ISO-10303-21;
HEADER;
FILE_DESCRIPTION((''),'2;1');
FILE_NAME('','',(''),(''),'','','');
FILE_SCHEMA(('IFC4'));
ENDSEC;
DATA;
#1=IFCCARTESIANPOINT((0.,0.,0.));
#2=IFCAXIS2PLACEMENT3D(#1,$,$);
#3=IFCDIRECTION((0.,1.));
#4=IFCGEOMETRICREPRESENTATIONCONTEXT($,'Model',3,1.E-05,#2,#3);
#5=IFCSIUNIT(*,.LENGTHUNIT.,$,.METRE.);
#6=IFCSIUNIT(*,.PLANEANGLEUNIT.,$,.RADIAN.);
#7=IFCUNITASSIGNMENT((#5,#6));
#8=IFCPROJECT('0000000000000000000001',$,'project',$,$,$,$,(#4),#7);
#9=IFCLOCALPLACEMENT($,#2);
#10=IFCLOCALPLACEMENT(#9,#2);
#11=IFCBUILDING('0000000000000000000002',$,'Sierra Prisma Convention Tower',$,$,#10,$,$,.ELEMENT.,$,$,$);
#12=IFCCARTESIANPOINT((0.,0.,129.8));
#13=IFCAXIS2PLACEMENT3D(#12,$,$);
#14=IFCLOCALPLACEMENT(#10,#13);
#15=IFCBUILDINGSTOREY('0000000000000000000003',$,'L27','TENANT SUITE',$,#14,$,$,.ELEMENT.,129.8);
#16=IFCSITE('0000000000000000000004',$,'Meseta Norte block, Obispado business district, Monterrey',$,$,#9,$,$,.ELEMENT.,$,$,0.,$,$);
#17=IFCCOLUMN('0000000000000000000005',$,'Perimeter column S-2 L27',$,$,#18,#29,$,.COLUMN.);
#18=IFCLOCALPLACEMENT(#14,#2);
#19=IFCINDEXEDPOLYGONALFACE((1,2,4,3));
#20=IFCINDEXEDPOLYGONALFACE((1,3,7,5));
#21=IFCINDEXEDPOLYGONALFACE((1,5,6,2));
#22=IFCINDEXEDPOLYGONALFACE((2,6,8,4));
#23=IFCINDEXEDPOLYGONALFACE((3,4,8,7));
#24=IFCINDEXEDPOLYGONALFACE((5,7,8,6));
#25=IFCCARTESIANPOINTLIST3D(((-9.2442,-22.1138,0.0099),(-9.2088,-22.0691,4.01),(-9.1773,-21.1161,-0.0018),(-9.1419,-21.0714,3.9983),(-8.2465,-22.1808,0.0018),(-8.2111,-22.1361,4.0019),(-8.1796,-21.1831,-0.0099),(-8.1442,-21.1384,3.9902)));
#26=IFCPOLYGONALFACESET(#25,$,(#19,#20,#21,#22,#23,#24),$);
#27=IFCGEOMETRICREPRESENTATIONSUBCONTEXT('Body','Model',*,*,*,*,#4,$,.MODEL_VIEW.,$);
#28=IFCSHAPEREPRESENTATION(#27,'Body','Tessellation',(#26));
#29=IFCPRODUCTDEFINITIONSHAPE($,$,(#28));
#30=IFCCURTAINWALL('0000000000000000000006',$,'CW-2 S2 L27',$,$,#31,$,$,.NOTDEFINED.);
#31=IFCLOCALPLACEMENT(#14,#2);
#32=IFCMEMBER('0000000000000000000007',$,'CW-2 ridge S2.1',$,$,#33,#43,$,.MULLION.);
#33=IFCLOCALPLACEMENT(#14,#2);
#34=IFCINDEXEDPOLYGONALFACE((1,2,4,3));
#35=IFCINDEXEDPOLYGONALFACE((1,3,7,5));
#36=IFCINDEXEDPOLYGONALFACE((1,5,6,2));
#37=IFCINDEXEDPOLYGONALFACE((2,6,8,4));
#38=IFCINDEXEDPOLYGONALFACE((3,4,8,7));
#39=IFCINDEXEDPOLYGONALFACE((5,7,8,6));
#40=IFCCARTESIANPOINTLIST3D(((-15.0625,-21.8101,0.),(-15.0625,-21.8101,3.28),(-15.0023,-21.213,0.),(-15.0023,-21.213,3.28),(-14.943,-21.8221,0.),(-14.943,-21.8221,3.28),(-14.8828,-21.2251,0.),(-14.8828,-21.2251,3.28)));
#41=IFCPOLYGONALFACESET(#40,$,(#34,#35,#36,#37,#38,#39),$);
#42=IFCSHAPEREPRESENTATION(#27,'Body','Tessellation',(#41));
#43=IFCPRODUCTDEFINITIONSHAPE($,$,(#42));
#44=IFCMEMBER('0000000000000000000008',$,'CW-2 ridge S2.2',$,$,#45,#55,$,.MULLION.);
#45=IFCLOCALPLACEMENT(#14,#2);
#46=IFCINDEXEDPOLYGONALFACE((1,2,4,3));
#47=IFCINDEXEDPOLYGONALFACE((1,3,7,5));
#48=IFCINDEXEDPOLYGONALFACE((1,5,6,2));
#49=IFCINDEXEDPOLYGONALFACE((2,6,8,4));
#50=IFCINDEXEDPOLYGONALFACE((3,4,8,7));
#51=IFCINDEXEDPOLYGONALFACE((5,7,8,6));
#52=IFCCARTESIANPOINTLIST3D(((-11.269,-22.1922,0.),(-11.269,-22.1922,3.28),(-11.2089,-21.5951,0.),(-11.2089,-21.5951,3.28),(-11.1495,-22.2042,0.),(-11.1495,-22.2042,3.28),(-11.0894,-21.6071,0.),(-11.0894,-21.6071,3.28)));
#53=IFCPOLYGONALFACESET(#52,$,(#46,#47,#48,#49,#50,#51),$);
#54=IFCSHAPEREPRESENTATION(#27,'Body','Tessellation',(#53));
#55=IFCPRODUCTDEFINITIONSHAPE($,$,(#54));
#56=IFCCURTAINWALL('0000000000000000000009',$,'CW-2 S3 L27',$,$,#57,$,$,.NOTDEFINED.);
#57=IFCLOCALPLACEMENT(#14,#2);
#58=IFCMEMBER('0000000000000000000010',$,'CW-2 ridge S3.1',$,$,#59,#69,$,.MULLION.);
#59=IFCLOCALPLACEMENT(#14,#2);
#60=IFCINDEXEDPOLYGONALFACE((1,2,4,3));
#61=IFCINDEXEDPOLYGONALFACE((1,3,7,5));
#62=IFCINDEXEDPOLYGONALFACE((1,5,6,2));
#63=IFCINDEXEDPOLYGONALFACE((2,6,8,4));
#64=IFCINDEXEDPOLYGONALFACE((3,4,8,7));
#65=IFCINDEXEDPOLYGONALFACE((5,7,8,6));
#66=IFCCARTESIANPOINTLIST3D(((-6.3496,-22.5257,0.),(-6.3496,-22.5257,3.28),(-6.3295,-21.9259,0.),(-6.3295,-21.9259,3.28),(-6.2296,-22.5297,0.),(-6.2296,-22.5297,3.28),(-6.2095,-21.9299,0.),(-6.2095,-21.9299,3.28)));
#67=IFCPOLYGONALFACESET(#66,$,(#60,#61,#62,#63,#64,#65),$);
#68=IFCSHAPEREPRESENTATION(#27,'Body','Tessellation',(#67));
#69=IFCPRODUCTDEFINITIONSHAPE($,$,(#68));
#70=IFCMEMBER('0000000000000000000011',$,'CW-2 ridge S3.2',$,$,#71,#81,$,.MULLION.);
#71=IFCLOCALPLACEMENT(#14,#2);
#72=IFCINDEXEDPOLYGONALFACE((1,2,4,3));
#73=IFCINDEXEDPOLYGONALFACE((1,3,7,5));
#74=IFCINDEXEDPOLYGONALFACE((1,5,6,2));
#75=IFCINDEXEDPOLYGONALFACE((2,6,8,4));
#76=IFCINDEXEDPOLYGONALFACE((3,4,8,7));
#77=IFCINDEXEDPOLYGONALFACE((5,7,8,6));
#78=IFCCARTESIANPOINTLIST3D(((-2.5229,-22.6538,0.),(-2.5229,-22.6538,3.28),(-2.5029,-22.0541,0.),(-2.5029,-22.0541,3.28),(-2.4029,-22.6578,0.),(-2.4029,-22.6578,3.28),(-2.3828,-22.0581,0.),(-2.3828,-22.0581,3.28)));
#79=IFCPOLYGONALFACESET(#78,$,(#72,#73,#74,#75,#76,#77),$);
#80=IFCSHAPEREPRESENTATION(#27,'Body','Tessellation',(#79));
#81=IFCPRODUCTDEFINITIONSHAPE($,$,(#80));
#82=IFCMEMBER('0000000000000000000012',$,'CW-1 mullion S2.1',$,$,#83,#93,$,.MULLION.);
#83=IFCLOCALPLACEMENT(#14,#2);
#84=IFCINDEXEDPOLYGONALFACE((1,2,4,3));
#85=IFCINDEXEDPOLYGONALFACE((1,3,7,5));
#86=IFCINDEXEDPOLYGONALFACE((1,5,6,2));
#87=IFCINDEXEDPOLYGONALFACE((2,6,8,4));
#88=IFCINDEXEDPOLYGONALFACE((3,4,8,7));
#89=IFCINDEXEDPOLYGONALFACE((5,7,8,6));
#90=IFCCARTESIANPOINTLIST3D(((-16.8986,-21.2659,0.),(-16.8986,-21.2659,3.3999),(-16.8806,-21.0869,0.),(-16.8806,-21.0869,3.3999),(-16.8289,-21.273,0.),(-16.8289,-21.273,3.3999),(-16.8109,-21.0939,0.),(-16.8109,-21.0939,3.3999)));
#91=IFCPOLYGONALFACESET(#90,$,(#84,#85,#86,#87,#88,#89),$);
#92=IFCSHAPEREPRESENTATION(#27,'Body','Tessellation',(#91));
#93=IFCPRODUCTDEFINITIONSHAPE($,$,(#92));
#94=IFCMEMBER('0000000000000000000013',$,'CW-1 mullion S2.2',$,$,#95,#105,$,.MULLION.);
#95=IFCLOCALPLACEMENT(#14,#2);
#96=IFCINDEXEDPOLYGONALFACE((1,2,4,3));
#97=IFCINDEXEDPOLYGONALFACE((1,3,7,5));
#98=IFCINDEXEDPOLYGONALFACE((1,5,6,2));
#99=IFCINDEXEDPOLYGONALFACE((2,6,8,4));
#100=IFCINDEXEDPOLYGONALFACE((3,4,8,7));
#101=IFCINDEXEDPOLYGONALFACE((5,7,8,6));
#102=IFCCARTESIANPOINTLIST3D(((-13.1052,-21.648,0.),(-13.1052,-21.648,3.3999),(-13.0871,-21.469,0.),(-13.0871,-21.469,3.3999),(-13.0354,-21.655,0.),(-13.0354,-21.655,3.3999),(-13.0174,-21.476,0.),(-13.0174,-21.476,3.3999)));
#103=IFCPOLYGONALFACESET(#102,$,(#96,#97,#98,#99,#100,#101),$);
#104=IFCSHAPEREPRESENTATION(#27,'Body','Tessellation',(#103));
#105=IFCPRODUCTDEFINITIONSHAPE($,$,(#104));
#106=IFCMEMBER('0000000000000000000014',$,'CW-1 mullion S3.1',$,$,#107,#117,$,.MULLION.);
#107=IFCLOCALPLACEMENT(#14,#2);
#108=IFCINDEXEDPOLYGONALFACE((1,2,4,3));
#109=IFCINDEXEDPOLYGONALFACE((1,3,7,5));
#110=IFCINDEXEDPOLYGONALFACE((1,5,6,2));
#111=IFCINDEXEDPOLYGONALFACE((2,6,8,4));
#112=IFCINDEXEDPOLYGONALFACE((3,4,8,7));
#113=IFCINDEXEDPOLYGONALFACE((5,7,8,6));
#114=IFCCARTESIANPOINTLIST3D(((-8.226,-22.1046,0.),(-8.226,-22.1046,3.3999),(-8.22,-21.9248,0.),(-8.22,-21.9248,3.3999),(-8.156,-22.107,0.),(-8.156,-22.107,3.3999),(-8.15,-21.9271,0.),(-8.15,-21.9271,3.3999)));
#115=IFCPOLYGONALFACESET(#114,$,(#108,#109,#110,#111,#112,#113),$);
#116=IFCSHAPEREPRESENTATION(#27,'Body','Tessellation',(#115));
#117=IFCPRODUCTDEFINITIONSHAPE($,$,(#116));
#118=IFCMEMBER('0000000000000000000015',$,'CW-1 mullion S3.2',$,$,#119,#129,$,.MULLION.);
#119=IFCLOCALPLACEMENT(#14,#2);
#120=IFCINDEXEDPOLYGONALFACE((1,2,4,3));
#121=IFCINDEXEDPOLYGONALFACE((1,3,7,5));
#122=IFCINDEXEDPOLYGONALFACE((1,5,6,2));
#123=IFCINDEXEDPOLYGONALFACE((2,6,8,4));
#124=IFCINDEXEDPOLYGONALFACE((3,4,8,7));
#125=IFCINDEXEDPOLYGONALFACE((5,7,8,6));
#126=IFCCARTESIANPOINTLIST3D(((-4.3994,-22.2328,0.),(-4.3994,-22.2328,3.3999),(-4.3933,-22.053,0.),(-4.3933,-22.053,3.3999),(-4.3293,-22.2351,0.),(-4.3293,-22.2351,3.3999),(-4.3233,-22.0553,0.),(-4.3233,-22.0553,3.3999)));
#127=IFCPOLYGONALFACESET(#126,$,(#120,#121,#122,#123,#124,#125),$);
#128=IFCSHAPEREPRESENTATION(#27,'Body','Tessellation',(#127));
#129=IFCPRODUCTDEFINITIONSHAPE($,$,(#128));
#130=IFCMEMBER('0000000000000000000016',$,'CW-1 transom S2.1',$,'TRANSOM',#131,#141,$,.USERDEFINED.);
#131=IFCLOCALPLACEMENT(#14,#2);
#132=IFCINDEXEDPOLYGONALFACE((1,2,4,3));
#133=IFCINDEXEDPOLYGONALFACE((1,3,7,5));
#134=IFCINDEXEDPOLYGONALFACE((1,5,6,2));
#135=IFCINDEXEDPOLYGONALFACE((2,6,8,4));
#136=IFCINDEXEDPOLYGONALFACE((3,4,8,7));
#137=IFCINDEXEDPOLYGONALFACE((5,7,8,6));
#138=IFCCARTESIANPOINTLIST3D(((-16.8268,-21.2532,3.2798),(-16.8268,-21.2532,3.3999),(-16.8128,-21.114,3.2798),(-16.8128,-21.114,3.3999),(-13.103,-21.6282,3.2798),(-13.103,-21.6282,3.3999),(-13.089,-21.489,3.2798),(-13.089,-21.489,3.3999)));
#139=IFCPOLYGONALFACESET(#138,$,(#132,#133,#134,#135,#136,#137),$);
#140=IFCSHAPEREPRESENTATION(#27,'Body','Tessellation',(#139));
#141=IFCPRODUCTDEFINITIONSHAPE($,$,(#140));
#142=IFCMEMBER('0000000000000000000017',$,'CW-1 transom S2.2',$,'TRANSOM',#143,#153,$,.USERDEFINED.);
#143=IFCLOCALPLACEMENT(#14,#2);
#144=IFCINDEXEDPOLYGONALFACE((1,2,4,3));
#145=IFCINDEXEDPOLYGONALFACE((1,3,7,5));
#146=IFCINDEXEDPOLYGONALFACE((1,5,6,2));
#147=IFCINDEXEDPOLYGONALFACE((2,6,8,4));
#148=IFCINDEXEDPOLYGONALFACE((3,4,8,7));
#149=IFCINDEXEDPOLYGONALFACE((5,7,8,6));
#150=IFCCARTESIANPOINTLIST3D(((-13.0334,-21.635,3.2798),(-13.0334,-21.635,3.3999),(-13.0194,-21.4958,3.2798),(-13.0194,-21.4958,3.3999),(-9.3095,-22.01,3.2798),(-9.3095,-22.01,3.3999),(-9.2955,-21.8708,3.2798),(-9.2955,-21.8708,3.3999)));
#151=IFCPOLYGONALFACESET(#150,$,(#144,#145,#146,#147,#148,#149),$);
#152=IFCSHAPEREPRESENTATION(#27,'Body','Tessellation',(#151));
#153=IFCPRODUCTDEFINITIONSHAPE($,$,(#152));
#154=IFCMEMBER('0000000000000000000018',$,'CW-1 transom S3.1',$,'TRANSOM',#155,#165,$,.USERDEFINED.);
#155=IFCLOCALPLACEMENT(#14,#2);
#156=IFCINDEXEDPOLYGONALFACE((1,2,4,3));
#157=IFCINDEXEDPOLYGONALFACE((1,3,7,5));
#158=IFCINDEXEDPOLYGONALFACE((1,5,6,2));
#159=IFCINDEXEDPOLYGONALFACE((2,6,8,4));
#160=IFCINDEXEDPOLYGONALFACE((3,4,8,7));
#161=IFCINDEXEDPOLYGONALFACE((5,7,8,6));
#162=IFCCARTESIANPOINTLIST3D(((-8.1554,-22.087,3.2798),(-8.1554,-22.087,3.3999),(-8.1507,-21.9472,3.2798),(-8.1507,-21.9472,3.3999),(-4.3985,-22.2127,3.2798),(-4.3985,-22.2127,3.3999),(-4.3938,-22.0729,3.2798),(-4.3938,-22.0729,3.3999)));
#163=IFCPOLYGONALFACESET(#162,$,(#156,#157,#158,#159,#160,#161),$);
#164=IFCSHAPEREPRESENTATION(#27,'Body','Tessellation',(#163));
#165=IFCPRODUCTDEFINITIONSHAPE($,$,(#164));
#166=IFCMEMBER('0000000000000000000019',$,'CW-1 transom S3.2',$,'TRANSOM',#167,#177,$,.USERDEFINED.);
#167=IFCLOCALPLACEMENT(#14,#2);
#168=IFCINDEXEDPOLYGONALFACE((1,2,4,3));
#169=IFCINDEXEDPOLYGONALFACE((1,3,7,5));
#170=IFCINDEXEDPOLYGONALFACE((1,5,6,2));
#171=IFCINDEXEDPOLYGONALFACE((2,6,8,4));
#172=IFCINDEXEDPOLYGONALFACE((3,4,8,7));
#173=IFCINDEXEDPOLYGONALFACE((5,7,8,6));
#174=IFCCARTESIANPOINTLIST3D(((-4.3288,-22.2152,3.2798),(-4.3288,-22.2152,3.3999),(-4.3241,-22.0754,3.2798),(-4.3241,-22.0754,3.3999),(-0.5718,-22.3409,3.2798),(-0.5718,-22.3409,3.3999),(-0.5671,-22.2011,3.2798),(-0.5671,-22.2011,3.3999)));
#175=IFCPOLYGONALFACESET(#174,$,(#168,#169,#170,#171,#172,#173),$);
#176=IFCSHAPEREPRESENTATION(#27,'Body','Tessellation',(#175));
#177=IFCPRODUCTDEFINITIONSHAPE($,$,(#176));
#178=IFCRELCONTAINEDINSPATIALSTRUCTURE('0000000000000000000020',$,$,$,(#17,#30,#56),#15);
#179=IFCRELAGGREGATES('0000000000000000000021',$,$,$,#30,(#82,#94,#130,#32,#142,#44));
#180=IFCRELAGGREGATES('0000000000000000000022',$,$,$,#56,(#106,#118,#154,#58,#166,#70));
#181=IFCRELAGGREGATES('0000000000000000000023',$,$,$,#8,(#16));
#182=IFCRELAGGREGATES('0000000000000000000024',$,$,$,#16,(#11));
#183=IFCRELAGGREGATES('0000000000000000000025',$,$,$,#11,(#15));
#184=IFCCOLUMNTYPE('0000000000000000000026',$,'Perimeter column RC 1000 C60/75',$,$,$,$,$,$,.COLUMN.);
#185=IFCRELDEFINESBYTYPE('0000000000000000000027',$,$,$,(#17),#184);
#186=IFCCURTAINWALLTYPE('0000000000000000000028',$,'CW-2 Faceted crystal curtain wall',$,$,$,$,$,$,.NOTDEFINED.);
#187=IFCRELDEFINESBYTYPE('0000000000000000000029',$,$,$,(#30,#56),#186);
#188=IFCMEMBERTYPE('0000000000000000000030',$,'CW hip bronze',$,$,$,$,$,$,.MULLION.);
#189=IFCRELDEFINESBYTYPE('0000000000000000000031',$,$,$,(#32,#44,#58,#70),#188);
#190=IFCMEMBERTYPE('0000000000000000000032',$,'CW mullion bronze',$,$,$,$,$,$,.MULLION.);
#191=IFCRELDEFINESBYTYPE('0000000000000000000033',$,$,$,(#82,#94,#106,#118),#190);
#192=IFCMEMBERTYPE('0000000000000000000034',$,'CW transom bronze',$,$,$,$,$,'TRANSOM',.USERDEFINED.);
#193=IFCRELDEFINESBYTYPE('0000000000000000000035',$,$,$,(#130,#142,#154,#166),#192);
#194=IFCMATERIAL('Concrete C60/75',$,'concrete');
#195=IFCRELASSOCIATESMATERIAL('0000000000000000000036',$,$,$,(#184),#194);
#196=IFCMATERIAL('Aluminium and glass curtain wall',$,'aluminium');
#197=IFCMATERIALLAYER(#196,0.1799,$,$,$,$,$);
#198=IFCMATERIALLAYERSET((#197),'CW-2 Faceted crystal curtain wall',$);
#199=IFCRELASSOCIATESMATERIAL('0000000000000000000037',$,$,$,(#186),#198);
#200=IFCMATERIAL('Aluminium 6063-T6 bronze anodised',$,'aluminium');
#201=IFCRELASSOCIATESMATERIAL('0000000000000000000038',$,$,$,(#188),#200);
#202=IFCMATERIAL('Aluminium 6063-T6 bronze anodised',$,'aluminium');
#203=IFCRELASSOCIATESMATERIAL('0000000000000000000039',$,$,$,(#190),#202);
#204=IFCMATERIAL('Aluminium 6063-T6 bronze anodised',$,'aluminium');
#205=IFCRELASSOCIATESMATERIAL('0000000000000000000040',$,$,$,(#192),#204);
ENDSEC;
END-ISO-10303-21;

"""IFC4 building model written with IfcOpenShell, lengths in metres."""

from ifc_helpers import new_model, si_unit, direction, frame, origin, origin_2d, place, context, subcontext, project, spatial, rectangle, extrude, material, layer, layer_set, material_profile, profile_set, type_object, element, aggregate, save


model = new_model("IFC4")

# Units and contexts
model_context = context("Model", 3, precision=1e-05, world=origin(), true_north=direction((0.0, 1.0)))
body_context = subcontext(model_context, "Body", "Model", "MODEL_VIEW")
ifc_project = project(units=[si_unit("LENGTHUNIT", "METRE"), si_unit("PLANEANGLEUNIT", "RADIAN")], contexts=[model_context])

# Site, building, storey
site_placement = place(None, origin())
site = spatial("IfcSite", under=ifc_project, at=site_placement, Name="Meseta Norte block, Obispado business district, Monterrey", CompositionType="ELEMENT", RefElevation=0.0)
building_placement = place(site_placement, origin())
building = spatial("IfcBuilding", under=site, at=building_placement, Name="Sierra Prisma Convention Tower", CompositionType="ELEMENT")
storey_placement = place(building_placement, frame((0.0, 0.0, 129.8)))
storey = spatial("IfcBuildingStorey", under=building, at=storey_placement, Name="L27", Description="TENANT SUITE", CompositionType="ELEMENT", Elevation=129.8)

# Column
ifc_material_1 = material(Name="Concrete C60/75", Category="concrete")
ifc_material_profile_1 = material_profile(ifc_material_1, rectangle(XDim=1.0, YDim=1.0, at=origin_2d()), Name="Perimeter column RC 1000 C60/75")
ifc_profile_set_1 = profile_set([ifc_material_profile_1], Name="Concrete C60/75")
column_type = type_object("IfcColumnType", Name="Perimeter column RC 1000 C60/75", PredefinedType="COLUMN", material=ifc_profile_set_1)
column_placement = place(storey_placement, frame((-8.7119, -21.6484, 0.0), z_axis=(0.008849, 0.011168, 0.999898), x_axis=(-0.997723, 0.066955, 0.008082)))
element("IfcColumn", 1, at=column_placement, inside=storey, type_object=column_type, Name="Perimeter column S-2 L27", PredefinedType="COLUMN", context=body_context, shape_type="SweptSolid", body=[
    extrude(rectangle(XDim=1.0, YDim=1.0, at=origin_2d()), origin(), (0.0, 0.0, 1.0), 4.0005),
])

# Curtain walls, members
ifc_material_2 = material(Name="Aluminium and glass curtain wall", Category="aluminium")
ifc_layer_1 = layer(ifc_material_2, 0.1799)
ifc_layer_set_1 = layer_set([ifc_layer_1], Name="CW-2 Faceted crystal curtain wall")
curtain_wall_type = type_object("IfcCurtainWallType", Name="CW-2 Faceted crystal curtain wall", PredefinedType="NOTDEFINED", material=ifc_layer_set_1)
curtain_wall_1_placement = place(storey_placement, origin())
curtain_wall_1 = element("IfcCurtainWall", 2, at=curtain_wall_1_placement, inside=storey, type_object=curtain_wall_type, Name="CW-2 S2 L27", PredefinedType="NOTDEFINED")
ifc_material_3 = material(Name="Aluminium 6063-T6 bronze anodised", Category="aluminium")
ifc_material_profile_2 = material_profile(ifc_material_3, rectangle(XDim=0.1201, YDim=0.6001, at=origin_2d()), Name="ALU RIDGE BLADE 120x600")
ifc_profile_set_2 = profile_set([ifc_material_profile_2], Name="Aluminium 6063-T6 bronze anodised")
member_type_1 = type_object("IfcMemberType", Name="CW hip bronze", PredefinedType="MULLION", material=ifc_profile_set_2)
member_1_placement = place(storey_placement, frame((-14.9727, -21.5176, 0.0), z_axis=(0.0, 0.0, 1.0), x_axis=(0.994967, -0.100198, 0.0)))
member_1 = element("IfcMember", 3, at=member_1_placement, type_object=member_type_1, Name="CW-2 ridge S2.1", PredefinedType="MULLION", context=body_context, shape_type="SweptSolid", body=[
    extrude(rectangle(XDim=0.1201, YDim=0.6001, at=origin_2d()), origin(), (0.0, 0.0, 1.0), 3.28),
])
member_2_placement = place(storey_placement, frame((-11.1792, -21.8997, 0.0), z_axis=(0.0, 0.0, 1.0), x_axis=(0.994967, -0.100198, 0.0)))
member_2 = element("IfcMember", 4, at=member_2_placement, type_object=member_type_1, Name="CW-2 ridge S2.2", PredefinedType="MULLION", context=body_context, shape_type="SweptSolid", body=[
    extrude(rectangle(XDim=0.1201, YDim=0.6001, at=origin_2d()), origin(), (0.0, 0.0, 1.0), 3.28),
])
curtain_wall_2_placement = place(storey_placement, origin())
curtain_wall_2 = element("IfcCurtainWall", 5, at=curtain_wall_2_placement, inside=storey, type_object=curtain_wall_type, Name="CW-2 S3 L27", PredefinedType="NOTDEFINED")
member_3_placement = place(storey_placement, frame((-6.2795, -22.2278, 0.0), z_axis=(0.0, 0.0, 1.0), x_axis=(0.99944, -0.033449, 0.0)))
member_3 = element("IfcMember", 6, at=member_3_placement, type_object=member_type_1, Name="CW-2 ridge S3.1", PredefinedType="MULLION", context=body_context, shape_type="SweptSolid", body=[
    extrude(rectangle(XDim=0.1201, YDim=0.6001, at=origin_2d()), origin(), (0.0, 0.0, 1.0), 3.28),
])
member_4_placement = place(storey_placement, frame((-2.4529, -22.356, 0.0), z_axis=(0.0, 0.0, 1.0), x_axis=(0.99944, -0.033449, 0.0)))
member_4 = element("IfcMember", 7, at=member_4_placement, type_object=member_type_1, Name="CW-2 ridge S3.2", PredefinedType="MULLION", context=body_context, shape_type="SweptSolid", body=[
    extrude(rectangle(XDim=0.1201, YDim=0.6001, at=origin_2d()), origin(), (0.0, 0.0, 1.0), 3.28),
])

# Members
ifc_material_4 = material(Name="Aluminium 6063-T6 bronze anodised", Category="aluminium")
ifc_material_profile_3 = material_profile(ifc_material_4, rectangle(XDim=0.1799, YDim=0.0701, at=origin_2d()), Name="ALU MULLION 70x180")
ifc_profile_set_3 = profile_set([ifc_material_profile_3], Name="Aluminium 6063-T6 bronze anodised")
member_type_2 = type_object("IfcMemberType", Name="CW mullion bronze", PredefinedType="MULLION", material=ifc_profile_set_3)
member_5_placement = place(storey_placement, frame((-16.8547, -21.1799, 0.0), z_axis=(0.0, 0.0, 1.0), x_axis=(0.100198, 0.994967, 0.0)))
member_5 = element("IfcMember", 8, at=member_5_placement, type_object=member_type_2, Name="CW-1 mullion S2.1", PredefinedType="MULLION", context=body_context, shape_type="SweptSolid", body=[
    extrude(rectangle(XDim=0.1799, YDim=0.0701, at=origin_2d()), origin(), (0.0, 0.0, 1.0), 3.3999),
])
member_6_placement = place(storey_placement, frame((-13.0613, -21.562, 0.0), z_axis=(0.0, 0.0, 1.0), x_axis=(0.100198, 0.994967, 0.0)))
member_6 = element("IfcMember", 9, at=member_6_placement, type_object=member_type_2, Name="CW-1 mullion S2.2", PredefinedType="MULLION", context=body_context, shape_type="SweptSolid", body=[
    extrude(rectangle(XDim=0.1799, YDim=0.0701, at=origin_2d()), origin(), (0.0, 0.0, 1.0), 3.3999),
])
member_7_placement = place(storey_placement, frame((-8.188, -22.0159, 0.0), z_axis=(0.0, 0.0, 1.0), x_axis=(0.033449, 0.99944, 0.0)))
member_7 = element("IfcMember", 10, at=member_7_placement, type_object=member_type_2, Name="CW-1 mullion S3.1", PredefinedType="MULLION", context=body_context, shape_type="SweptSolid", body=[
    extrude(rectangle(XDim=0.1799, YDim=0.0701, at=origin_2d()), origin(), (0.0, 0.0, 1.0), 3.3999),
])
member_8_placement = place(storey_placement, frame((-4.3613, -22.144, 0.0), z_axis=(0.0, 0.0, 1.0), x_axis=(0.033449, 0.99944, 0.0)))
member_8 = element("IfcMember", 11, at=member_8_placement, type_object=member_type_2, Name="CW-1 mullion S3.2", PredefinedType="MULLION", context=body_context, shape_type="SweptSolid", body=[
    extrude(rectangle(XDim=0.1799, YDim=0.0701, at=origin_2d()), origin(), (0.0, 0.0, 1.0), 3.3999),
])
ifc_material_5 = material(Name="Aluminium 6063-T6 bronze anodised", Category="aluminium")
ifc_material_profile_4 = material_profile(ifc_material_5, rectangle(XDim=0.1399, YDim=0.1201, at=origin_2d()), Name="ALU TRANSOM 120x140")
ifc_profile_set_4 = profile_set([ifc_material_profile_4], Name="Aluminium 6063-T6 bronze anodised")
member_type_3 = type_object("IfcMemberType", Name="CW transom bronze", ElementType="TRANSOM", PredefinedType="USERDEFINED", material=ifc_profile_set_4)
member_9_placement = place(storey_placement, frame((-16.8198, -21.1836, 3.3398), z_axis=(0.994968, -0.100195, 0.0), x_axis=(0.100195, 0.994968, 0.0)))
member_9 = element("IfcMember", 12, at=member_9_placement, type_object=member_type_3, Name="CW-1 transom S2.1", ObjectType="TRANSOM", PredefinedType="USERDEFINED", context=body_context, shape_type="SweptSolid", body=[
    extrude(rectangle(XDim=0.1399, YDim=0.1201, at=origin_2d()), origin(), (0.0, 0.0, 1.0), 3.7427),
])
member_10_placement = place(storey_placement, frame((-13.0264, -21.5654, 3.3398), z_axis=(0.994968, -0.100195, 0.0), x_axis=(0.100195, 0.994968, 0.0)))
member_10 = element("IfcMember", 13, at=member_10_placement, type_object=member_type_3, Name="CW-1 transom S2.2", ObjectType="TRANSOM", PredefinedType="USERDEFINED", context=body_context, shape_type="SweptSolid", body=[
    extrude(rectangle(XDim=0.1399, YDim=0.1201, at=origin_2d()), origin(), (0.0, 0.0, 1.0), 3.7427),
])
member_11_placement = place(storey_placement, frame((-8.1531, -22.0171, 3.3398), z_axis=(0.99944, -0.033449, 0.0), x_axis=(0.033449, 0.99944, 0.0)))
member_11 = element("IfcMember", 14, at=member_11_placement, type_object=member_type_3, Name="CW-1 transom S3.1", ObjectType="TRANSOM", PredefinedType="USERDEFINED", context=body_context, shape_type="SweptSolid", body=[
    extrude(rectangle(XDim=0.1399, YDim=0.1201, at=origin_2d()), origin(), (0.0, 0.0, 1.0), 3.759),
])
member_12_placement = place(storey_placement, frame((-4.3264, -22.1453, 3.3398), z_axis=(0.99944, -0.033449, 0.0), x_axis=(0.033449, 0.99944, 0.0)))
member_12 = element("IfcMember", 15, at=member_12_placement, type_object=member_type_3, Name="CW-1 transom S3.2", ObjectType="TRANSOM", PredefinedType="USERDEFINED", context=body_context, shape_type="SweptSolid", body=[
    extrude(rectangle(XDim=0.1399, YDim=0.1201, at=origin_2d()), origin(), (0.0, 0.0, 1.0), 3.759),
])

aggregate(curtain_wall_1, [member_5, member_6, member_9, member_1, member_10, member_2])
aggregate(curtain_wall_2, [member_7, member_8, member_11, member_3, member_12, member_4])

save(model, "model.ifc")
